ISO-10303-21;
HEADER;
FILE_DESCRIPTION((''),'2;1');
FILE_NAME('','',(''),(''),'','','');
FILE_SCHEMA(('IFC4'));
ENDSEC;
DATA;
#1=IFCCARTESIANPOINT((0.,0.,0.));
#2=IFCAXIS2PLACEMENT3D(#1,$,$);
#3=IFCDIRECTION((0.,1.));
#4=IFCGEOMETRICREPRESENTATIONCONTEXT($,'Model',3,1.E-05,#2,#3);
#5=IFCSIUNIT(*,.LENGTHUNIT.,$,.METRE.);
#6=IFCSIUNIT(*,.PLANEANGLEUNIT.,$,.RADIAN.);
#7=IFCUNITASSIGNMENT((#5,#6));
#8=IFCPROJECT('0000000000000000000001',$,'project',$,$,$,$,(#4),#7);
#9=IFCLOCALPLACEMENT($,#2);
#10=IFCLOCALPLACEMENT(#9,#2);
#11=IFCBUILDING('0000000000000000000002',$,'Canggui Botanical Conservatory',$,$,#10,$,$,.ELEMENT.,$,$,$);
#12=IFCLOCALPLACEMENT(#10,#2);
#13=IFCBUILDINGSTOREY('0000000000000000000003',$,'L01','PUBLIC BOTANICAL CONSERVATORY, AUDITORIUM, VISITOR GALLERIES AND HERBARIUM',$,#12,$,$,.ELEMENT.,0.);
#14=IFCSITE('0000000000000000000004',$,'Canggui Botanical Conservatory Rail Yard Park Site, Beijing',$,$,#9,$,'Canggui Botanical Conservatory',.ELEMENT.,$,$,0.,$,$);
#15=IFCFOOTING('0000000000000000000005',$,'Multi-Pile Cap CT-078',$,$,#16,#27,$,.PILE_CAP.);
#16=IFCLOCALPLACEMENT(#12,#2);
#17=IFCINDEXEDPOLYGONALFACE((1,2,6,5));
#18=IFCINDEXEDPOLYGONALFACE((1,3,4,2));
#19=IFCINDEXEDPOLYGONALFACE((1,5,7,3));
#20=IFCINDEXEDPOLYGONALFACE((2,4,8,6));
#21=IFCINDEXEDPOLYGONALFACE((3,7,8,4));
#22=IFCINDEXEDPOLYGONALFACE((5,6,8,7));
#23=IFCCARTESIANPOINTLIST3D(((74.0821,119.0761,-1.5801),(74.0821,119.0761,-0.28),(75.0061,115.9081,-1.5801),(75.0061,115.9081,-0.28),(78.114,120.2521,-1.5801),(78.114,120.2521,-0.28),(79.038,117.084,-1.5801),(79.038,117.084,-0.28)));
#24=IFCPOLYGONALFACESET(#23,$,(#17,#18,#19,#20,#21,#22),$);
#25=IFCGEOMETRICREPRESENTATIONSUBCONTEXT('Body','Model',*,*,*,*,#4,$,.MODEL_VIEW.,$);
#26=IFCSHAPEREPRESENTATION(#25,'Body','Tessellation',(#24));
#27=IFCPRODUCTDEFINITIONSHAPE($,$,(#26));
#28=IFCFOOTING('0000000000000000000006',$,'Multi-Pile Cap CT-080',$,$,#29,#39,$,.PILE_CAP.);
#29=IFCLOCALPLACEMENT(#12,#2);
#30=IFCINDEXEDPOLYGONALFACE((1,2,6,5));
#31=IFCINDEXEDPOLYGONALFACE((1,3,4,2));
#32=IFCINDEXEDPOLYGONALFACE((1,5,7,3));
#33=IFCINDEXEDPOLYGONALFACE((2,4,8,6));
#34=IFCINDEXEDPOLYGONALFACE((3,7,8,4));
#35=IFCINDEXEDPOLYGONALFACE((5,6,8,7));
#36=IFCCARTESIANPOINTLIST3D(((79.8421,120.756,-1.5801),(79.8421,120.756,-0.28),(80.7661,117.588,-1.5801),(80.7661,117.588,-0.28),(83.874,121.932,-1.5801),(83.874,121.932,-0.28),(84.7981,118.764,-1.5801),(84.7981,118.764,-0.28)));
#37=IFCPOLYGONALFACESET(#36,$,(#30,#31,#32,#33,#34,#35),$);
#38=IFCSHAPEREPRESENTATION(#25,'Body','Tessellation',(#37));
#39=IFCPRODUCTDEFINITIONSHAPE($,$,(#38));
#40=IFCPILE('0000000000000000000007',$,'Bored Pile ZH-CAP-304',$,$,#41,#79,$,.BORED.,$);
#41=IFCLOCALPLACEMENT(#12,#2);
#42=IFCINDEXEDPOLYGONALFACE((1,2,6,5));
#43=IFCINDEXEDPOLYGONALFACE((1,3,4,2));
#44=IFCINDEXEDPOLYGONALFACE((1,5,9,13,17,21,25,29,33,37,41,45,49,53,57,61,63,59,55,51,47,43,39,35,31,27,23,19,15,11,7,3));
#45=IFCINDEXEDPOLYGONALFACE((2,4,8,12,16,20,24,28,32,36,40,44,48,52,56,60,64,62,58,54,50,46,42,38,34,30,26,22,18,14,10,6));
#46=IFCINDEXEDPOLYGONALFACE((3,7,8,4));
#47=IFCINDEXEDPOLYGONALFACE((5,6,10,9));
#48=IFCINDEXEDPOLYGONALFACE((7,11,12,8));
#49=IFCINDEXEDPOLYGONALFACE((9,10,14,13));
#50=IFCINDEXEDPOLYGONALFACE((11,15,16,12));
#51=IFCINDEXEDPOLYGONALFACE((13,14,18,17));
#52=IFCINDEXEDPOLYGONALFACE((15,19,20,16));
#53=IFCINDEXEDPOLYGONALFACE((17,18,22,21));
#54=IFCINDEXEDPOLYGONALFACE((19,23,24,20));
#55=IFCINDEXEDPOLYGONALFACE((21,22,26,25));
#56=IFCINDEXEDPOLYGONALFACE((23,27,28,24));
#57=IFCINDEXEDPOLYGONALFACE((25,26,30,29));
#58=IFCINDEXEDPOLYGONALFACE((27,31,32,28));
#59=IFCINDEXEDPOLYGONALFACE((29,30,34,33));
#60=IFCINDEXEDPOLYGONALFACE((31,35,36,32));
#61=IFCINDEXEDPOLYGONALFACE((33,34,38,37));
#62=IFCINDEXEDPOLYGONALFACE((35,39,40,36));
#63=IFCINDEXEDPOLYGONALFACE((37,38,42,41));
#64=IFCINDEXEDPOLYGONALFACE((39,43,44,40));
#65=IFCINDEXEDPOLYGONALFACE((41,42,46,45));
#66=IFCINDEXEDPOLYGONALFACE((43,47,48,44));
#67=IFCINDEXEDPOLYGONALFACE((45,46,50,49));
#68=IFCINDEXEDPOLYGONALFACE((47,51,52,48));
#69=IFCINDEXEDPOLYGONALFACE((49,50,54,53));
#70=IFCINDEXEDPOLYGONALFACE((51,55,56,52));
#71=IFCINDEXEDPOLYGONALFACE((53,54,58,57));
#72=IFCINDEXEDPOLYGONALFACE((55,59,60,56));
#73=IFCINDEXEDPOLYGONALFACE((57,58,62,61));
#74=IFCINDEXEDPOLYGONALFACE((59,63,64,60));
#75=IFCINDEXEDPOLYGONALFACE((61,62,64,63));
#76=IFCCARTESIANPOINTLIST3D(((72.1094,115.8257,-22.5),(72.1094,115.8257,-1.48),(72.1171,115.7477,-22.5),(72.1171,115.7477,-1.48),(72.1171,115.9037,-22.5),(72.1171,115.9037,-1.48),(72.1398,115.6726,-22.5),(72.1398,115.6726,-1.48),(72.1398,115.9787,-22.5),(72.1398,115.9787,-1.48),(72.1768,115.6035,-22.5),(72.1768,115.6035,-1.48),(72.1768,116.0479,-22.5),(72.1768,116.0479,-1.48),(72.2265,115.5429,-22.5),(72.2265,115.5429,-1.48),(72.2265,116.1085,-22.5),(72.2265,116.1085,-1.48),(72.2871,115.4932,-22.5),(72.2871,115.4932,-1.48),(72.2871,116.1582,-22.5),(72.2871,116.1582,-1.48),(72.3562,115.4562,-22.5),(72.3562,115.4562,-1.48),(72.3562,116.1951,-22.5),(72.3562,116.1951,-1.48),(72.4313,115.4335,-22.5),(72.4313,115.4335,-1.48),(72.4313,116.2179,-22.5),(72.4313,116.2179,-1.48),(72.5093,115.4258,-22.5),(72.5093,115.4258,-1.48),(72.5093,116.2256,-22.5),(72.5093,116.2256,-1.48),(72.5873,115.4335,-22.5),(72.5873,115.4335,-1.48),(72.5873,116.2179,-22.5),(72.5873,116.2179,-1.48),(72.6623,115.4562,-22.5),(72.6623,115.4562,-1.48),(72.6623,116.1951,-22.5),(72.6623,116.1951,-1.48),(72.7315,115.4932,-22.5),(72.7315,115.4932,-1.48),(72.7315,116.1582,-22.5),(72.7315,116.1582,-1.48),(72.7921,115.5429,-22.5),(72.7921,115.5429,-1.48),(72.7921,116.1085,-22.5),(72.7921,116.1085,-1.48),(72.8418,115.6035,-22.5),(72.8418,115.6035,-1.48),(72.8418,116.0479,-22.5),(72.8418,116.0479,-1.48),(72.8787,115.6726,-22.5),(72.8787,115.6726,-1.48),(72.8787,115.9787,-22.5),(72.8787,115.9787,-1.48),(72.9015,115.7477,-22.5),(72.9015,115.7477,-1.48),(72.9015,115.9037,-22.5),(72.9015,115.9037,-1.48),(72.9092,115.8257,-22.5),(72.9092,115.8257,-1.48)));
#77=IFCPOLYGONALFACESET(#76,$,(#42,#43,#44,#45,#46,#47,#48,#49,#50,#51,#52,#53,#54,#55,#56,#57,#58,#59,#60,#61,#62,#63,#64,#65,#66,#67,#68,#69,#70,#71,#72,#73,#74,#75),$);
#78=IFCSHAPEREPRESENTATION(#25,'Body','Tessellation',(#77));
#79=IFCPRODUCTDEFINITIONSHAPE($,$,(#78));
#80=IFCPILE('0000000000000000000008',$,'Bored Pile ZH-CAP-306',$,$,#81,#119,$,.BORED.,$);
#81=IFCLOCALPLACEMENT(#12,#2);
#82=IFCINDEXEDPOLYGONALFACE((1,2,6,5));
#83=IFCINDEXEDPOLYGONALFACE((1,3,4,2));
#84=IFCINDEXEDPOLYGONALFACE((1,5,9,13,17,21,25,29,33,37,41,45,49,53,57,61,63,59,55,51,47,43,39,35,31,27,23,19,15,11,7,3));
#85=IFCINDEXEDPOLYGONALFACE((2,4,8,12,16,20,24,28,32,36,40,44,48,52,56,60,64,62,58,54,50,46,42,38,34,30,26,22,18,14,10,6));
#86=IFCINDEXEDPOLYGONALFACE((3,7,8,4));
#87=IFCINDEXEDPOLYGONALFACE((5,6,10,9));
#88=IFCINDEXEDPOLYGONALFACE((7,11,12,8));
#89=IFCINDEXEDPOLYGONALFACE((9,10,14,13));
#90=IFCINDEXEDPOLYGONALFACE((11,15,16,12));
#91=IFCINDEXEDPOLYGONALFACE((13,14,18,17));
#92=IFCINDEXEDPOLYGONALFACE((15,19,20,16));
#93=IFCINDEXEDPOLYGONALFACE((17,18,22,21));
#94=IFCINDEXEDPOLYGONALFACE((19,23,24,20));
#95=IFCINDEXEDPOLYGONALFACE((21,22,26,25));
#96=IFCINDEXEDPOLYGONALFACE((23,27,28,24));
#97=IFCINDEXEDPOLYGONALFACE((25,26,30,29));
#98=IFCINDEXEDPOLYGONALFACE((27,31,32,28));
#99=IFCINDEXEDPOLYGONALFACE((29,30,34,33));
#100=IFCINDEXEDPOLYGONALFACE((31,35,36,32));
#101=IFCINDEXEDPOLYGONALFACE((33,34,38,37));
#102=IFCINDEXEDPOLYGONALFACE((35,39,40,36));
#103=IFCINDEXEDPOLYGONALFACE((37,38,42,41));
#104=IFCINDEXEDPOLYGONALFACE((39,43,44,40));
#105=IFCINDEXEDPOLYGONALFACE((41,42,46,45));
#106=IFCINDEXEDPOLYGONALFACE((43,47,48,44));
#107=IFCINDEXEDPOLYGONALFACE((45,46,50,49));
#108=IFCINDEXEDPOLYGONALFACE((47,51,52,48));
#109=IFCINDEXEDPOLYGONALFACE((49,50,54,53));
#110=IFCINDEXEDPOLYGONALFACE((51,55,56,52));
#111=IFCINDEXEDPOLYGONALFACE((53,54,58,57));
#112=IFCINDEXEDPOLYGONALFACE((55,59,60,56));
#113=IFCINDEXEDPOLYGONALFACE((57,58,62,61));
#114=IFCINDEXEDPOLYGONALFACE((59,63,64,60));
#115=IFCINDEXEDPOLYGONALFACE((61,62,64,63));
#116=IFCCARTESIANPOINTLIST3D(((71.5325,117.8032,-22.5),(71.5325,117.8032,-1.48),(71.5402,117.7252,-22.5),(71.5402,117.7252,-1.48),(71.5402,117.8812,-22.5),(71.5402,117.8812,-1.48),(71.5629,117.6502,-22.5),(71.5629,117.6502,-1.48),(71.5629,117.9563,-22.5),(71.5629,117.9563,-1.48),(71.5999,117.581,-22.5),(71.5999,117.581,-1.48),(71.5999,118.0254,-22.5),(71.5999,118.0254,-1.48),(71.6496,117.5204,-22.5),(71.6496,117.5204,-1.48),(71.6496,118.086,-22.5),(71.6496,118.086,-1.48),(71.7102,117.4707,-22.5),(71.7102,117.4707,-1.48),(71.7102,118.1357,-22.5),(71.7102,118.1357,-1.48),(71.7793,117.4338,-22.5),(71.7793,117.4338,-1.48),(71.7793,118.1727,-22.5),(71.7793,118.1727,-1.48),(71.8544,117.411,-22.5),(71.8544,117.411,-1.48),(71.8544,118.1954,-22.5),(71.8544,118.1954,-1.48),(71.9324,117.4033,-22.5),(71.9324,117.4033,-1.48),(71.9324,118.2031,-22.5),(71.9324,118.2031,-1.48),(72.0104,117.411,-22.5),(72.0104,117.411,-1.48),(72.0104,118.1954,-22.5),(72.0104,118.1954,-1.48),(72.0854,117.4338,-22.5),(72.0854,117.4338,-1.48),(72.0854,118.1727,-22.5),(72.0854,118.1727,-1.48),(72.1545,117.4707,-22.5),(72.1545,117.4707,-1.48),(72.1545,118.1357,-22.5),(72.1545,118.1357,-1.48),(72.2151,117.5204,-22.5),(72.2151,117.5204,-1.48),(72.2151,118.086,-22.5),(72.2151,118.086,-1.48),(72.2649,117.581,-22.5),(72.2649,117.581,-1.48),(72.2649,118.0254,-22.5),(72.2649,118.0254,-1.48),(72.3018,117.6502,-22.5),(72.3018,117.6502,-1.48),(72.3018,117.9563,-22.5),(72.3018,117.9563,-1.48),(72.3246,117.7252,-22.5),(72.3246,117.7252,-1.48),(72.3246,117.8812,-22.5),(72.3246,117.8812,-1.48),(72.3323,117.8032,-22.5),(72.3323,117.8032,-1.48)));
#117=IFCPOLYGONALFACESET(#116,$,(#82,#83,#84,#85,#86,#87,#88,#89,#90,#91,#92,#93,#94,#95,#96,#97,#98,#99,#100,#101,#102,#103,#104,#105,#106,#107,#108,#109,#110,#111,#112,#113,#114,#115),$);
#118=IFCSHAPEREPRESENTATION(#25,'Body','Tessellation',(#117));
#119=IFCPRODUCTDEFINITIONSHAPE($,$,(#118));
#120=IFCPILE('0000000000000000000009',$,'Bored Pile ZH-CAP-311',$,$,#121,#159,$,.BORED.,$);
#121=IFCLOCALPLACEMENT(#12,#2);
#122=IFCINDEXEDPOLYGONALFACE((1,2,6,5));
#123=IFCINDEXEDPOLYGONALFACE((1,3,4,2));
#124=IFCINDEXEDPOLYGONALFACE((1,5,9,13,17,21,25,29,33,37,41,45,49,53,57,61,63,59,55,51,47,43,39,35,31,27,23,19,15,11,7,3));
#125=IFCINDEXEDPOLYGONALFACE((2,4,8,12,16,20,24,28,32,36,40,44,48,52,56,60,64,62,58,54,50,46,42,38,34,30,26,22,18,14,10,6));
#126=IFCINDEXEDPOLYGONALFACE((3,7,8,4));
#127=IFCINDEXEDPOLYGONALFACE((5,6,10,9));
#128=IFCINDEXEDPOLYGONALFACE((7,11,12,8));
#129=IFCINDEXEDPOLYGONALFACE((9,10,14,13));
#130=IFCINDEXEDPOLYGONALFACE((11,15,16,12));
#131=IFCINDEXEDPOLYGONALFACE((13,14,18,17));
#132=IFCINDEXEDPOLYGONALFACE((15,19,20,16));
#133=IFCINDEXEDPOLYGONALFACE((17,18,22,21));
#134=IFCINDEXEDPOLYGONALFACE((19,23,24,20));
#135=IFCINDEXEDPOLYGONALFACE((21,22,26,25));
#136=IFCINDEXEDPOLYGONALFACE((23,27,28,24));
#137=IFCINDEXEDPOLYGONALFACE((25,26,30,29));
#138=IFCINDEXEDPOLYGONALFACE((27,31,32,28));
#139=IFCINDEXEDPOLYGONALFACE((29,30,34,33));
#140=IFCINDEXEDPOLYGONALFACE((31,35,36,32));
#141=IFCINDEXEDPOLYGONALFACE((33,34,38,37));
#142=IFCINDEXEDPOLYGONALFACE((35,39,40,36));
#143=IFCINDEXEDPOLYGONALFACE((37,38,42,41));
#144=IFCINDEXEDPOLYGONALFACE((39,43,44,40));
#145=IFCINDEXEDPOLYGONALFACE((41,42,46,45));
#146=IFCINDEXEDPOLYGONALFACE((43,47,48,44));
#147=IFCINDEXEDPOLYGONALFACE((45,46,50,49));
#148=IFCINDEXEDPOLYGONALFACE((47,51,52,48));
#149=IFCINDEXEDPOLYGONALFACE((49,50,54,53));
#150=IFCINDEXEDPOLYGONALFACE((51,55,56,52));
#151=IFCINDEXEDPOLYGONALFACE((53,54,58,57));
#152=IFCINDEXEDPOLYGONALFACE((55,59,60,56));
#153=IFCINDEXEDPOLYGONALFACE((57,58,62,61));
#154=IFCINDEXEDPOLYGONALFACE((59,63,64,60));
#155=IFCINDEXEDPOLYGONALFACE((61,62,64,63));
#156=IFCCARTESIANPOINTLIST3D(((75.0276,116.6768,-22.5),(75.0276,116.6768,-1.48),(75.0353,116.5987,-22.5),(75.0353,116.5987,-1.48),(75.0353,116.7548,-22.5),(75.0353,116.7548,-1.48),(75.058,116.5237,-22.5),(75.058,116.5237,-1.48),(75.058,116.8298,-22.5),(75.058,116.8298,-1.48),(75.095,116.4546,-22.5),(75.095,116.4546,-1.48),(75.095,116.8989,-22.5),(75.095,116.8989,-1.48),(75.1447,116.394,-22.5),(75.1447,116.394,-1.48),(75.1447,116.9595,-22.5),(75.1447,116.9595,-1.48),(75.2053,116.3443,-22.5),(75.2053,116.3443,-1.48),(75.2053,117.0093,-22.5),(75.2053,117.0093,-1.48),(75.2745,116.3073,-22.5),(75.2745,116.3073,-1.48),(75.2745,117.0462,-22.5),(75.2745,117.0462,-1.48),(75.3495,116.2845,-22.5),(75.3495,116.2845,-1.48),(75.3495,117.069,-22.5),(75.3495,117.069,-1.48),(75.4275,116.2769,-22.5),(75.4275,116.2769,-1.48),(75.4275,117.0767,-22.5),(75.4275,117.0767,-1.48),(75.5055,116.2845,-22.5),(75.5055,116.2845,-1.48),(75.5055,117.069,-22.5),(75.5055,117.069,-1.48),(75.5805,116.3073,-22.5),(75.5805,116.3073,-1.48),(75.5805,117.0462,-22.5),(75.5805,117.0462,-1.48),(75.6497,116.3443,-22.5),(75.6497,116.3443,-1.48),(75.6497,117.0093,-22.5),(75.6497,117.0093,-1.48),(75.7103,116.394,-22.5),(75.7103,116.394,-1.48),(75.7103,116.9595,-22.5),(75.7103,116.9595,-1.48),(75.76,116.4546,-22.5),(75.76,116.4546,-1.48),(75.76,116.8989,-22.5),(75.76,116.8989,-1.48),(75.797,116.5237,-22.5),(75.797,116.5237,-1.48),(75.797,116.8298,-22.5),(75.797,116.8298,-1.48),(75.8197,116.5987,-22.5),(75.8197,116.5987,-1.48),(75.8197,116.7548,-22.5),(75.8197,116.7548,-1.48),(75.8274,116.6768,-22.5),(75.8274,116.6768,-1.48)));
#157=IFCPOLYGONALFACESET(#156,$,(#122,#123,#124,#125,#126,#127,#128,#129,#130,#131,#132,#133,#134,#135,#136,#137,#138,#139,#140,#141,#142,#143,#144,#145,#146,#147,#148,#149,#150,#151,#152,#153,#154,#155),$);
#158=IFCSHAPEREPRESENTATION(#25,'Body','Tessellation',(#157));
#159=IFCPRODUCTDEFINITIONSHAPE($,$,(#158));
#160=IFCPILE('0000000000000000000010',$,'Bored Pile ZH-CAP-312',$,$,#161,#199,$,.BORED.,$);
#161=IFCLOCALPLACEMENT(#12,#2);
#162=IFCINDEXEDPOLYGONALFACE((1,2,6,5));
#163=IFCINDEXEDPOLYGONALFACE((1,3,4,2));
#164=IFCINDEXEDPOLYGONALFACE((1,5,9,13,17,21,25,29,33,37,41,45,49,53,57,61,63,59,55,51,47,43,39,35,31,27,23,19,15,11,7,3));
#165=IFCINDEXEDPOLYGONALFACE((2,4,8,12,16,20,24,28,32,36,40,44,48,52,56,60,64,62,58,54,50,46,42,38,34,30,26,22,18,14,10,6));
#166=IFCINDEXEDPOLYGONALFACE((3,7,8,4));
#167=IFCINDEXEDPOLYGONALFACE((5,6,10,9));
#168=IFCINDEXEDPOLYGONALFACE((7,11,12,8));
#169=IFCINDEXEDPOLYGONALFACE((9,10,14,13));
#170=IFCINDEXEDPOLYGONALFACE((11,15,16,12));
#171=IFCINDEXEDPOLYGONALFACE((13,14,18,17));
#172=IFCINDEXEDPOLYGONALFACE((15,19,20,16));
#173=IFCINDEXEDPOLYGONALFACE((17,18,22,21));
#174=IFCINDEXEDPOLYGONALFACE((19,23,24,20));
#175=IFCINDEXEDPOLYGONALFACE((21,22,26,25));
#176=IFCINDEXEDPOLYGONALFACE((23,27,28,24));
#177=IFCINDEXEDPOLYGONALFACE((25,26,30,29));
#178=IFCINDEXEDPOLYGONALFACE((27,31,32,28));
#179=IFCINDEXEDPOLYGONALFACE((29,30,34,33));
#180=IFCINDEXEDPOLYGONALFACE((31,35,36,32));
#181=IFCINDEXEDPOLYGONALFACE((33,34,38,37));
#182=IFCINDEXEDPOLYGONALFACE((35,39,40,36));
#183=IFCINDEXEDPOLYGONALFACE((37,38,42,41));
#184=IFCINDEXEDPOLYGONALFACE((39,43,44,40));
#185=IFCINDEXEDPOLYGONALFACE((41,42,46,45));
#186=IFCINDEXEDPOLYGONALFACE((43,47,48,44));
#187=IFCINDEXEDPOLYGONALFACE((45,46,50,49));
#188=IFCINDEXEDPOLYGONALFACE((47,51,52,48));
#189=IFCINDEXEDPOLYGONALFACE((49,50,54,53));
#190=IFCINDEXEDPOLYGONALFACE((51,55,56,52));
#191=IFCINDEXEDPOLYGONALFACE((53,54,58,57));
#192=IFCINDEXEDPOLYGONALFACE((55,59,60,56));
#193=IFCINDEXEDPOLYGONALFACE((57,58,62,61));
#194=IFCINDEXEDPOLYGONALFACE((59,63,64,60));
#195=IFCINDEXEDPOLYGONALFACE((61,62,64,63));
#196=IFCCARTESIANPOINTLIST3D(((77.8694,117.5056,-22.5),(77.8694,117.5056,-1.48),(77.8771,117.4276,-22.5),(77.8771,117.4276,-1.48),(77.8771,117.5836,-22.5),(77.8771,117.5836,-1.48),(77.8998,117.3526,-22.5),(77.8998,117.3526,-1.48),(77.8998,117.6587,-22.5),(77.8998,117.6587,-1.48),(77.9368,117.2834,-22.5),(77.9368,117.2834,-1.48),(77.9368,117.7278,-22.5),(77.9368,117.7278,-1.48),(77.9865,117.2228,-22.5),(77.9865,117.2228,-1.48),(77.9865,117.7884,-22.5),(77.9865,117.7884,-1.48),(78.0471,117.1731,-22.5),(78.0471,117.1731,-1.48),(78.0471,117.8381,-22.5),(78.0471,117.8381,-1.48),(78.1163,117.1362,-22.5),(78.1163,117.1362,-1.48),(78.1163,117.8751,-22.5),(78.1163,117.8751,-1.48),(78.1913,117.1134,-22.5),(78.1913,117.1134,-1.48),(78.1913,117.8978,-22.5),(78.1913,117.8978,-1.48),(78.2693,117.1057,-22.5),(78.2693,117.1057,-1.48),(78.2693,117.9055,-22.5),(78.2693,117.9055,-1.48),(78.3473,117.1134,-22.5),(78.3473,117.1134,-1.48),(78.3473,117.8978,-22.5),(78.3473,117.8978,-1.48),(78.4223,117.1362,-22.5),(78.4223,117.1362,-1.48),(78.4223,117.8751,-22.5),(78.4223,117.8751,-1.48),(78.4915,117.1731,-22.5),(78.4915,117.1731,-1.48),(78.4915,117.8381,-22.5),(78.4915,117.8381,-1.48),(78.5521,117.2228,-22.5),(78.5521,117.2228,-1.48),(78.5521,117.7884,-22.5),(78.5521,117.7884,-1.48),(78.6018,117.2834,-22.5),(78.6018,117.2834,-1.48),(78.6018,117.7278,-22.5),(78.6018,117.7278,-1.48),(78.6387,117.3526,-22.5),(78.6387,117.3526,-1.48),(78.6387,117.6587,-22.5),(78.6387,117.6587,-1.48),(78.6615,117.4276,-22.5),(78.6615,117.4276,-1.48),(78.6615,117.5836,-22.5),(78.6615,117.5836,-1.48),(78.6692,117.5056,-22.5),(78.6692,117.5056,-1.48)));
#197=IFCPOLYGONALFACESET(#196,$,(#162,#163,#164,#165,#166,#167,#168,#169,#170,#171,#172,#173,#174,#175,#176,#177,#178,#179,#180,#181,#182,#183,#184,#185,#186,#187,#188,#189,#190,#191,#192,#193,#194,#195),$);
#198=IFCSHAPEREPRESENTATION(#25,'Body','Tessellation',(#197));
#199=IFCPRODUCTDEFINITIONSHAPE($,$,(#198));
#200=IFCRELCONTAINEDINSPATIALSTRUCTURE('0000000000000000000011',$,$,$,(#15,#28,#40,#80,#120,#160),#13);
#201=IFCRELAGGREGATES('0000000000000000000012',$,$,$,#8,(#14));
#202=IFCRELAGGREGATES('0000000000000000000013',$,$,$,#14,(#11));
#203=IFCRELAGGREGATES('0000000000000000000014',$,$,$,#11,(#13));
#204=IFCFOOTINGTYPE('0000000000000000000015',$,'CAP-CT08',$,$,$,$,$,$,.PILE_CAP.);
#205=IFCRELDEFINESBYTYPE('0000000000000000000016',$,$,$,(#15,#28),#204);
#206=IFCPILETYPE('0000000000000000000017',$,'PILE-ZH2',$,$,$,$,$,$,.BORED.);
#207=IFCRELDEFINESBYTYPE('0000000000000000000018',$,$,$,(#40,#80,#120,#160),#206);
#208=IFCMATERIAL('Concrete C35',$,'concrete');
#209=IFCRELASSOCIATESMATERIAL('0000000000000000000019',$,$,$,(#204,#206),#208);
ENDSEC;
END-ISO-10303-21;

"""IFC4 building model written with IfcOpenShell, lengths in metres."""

from ifc_helpers import new_model, si_unit, direction, frame, origin, origin_2d, place, context, subcontext, project, spatial, rectangle, circle, extrude, material, material_profile, profile_set, type_object, element, save


model = new_model("IFC4")

# Units and contexts
model_context = context("Model", 3, precision=1e-05, world=origin(), true_north=direction((0.0, 1.0)))
body_context = subcontext(model_context, "Body", "Model", "MODEL_VIEW")
ifc_project = project(units=[si_unit("LENGTHUNIT", "METRE"), si_unit("PLANEANGLEUNIT", "RADIAN")], contexts=[model_context])

# Site, building, storey
site_placement = place(None, origin())
site = spatial("IfcSite", under=ifc_project, at=site_placement, Name="Canggui Botanical Conservatory Rail Yard Park Site, Beijing", LongName="Canggui Botanical Conservatory", CompositionType="ELEMENT", RefElevation=0.0)
building_placement = place(site_placement, origin())
building = spatial("IfcBuilding", under=site, at=building_placement, Name="Canggui Botanical Conservatory", CompositionType="ELEMENT")
storey_placement = place(building_placement, origin())
storey = spatial("IfcBuildingStorey", under=building, at=storey_placement, Name="L01", Description="PUBLIC BOTANICAL CONSERVATORY, AUDITORIUM, VISITOR GALLERIES AND HERBARIUM", CompositionType="ELEMENT", Elevation=0.0)

# Footings
ifc_material_1 = material(Name="Concrete C35", Category="concrete")
footing_type = type_object("IfcFootingType", Name="CAP-CT08", PredefinedType="PILE_CAP", material=ifc_material_1)
for number, where, z_axis, x_axis, name in (
    (1, (76.5601, 118.0801, -1.5801), (0.0, 0.0, 1.0), (0.96, 0.28, 0.0), "Multi-Pile Cap CT-078"),
    (2, (82.3201, 119.76, -1.5801), (0.0, 0.0, 1.0), (0.96, 0.28, 0.0), "Multi-Pile Cap CT-080"),
):
    element("IfcFooting", number, at=place(storey_placement, frame(where, z_axis=z_axis, x_axis=x_axis)), inside=storey, type_object=footing_type, Name=name, PredefinedType="PILE_CAP", context=body_context, shape_type="SweptSolid", body=[
        extrude(rectangle(XDim=4.2, YDim=3.3, at=origin_2d()), origin(), (0.0, 0.0, 1.0), 1.3),
    ])

# Piles
ifc_material_profile_1 = material_profile(ifc_material_1, circle(Radius=0.3999, at=origin_2d()), Name="PILE D800")
ifc_profile_set_1 = profile_set([ifc_material_profile_1], Name="Concrete C35")
pile_type = type_object("IfcPileType", Name="PILE-ZH2", PredefinedType="BORED", material=ifc_profile_set_1)
for number, where, z_axis, x_axis, name in (
    (3, (72.5093, 115.8257, -1.48), (0.0, 0.0, -1.0), (1.0, 0.0, 0.0), "Bored Pile ZH-CAP-304"),
    (4, (71.9324, 117.8032, -1.48), (0.0, 0.0, -1.0), (1.0, 0.0, 0.0), "Bored Pile ZH-CAP-306"),
    (5, (75.4275, 116.6768, -1.48), (0.0, 0.0, -1.0), (1.0, 0.0, 0.0), "Bored Pile ZH-CAP-311"),
    (6, (78.2693, 117.5056, -1.48), (0.0, 0.0, -1.0), (1.0, 0.0, 0.0), "Bored Pile ZH-CAP-312"),
):
    element("IfcPile", number, at=place(storey_placement, frame(where, z_axis=z_axis, x_axis=x_axis)), inside=storey, type_object=pile_type, Name=name, PredefinedType="BORED", context=body_context, shape_type="SweptSolid", body=[
        extrude(circle(Radius=0.3999, at=origin_2d()), origin(), (0.0, 0.0, 1.0), 21.02),
    ])

save(model, "model.ifc")
